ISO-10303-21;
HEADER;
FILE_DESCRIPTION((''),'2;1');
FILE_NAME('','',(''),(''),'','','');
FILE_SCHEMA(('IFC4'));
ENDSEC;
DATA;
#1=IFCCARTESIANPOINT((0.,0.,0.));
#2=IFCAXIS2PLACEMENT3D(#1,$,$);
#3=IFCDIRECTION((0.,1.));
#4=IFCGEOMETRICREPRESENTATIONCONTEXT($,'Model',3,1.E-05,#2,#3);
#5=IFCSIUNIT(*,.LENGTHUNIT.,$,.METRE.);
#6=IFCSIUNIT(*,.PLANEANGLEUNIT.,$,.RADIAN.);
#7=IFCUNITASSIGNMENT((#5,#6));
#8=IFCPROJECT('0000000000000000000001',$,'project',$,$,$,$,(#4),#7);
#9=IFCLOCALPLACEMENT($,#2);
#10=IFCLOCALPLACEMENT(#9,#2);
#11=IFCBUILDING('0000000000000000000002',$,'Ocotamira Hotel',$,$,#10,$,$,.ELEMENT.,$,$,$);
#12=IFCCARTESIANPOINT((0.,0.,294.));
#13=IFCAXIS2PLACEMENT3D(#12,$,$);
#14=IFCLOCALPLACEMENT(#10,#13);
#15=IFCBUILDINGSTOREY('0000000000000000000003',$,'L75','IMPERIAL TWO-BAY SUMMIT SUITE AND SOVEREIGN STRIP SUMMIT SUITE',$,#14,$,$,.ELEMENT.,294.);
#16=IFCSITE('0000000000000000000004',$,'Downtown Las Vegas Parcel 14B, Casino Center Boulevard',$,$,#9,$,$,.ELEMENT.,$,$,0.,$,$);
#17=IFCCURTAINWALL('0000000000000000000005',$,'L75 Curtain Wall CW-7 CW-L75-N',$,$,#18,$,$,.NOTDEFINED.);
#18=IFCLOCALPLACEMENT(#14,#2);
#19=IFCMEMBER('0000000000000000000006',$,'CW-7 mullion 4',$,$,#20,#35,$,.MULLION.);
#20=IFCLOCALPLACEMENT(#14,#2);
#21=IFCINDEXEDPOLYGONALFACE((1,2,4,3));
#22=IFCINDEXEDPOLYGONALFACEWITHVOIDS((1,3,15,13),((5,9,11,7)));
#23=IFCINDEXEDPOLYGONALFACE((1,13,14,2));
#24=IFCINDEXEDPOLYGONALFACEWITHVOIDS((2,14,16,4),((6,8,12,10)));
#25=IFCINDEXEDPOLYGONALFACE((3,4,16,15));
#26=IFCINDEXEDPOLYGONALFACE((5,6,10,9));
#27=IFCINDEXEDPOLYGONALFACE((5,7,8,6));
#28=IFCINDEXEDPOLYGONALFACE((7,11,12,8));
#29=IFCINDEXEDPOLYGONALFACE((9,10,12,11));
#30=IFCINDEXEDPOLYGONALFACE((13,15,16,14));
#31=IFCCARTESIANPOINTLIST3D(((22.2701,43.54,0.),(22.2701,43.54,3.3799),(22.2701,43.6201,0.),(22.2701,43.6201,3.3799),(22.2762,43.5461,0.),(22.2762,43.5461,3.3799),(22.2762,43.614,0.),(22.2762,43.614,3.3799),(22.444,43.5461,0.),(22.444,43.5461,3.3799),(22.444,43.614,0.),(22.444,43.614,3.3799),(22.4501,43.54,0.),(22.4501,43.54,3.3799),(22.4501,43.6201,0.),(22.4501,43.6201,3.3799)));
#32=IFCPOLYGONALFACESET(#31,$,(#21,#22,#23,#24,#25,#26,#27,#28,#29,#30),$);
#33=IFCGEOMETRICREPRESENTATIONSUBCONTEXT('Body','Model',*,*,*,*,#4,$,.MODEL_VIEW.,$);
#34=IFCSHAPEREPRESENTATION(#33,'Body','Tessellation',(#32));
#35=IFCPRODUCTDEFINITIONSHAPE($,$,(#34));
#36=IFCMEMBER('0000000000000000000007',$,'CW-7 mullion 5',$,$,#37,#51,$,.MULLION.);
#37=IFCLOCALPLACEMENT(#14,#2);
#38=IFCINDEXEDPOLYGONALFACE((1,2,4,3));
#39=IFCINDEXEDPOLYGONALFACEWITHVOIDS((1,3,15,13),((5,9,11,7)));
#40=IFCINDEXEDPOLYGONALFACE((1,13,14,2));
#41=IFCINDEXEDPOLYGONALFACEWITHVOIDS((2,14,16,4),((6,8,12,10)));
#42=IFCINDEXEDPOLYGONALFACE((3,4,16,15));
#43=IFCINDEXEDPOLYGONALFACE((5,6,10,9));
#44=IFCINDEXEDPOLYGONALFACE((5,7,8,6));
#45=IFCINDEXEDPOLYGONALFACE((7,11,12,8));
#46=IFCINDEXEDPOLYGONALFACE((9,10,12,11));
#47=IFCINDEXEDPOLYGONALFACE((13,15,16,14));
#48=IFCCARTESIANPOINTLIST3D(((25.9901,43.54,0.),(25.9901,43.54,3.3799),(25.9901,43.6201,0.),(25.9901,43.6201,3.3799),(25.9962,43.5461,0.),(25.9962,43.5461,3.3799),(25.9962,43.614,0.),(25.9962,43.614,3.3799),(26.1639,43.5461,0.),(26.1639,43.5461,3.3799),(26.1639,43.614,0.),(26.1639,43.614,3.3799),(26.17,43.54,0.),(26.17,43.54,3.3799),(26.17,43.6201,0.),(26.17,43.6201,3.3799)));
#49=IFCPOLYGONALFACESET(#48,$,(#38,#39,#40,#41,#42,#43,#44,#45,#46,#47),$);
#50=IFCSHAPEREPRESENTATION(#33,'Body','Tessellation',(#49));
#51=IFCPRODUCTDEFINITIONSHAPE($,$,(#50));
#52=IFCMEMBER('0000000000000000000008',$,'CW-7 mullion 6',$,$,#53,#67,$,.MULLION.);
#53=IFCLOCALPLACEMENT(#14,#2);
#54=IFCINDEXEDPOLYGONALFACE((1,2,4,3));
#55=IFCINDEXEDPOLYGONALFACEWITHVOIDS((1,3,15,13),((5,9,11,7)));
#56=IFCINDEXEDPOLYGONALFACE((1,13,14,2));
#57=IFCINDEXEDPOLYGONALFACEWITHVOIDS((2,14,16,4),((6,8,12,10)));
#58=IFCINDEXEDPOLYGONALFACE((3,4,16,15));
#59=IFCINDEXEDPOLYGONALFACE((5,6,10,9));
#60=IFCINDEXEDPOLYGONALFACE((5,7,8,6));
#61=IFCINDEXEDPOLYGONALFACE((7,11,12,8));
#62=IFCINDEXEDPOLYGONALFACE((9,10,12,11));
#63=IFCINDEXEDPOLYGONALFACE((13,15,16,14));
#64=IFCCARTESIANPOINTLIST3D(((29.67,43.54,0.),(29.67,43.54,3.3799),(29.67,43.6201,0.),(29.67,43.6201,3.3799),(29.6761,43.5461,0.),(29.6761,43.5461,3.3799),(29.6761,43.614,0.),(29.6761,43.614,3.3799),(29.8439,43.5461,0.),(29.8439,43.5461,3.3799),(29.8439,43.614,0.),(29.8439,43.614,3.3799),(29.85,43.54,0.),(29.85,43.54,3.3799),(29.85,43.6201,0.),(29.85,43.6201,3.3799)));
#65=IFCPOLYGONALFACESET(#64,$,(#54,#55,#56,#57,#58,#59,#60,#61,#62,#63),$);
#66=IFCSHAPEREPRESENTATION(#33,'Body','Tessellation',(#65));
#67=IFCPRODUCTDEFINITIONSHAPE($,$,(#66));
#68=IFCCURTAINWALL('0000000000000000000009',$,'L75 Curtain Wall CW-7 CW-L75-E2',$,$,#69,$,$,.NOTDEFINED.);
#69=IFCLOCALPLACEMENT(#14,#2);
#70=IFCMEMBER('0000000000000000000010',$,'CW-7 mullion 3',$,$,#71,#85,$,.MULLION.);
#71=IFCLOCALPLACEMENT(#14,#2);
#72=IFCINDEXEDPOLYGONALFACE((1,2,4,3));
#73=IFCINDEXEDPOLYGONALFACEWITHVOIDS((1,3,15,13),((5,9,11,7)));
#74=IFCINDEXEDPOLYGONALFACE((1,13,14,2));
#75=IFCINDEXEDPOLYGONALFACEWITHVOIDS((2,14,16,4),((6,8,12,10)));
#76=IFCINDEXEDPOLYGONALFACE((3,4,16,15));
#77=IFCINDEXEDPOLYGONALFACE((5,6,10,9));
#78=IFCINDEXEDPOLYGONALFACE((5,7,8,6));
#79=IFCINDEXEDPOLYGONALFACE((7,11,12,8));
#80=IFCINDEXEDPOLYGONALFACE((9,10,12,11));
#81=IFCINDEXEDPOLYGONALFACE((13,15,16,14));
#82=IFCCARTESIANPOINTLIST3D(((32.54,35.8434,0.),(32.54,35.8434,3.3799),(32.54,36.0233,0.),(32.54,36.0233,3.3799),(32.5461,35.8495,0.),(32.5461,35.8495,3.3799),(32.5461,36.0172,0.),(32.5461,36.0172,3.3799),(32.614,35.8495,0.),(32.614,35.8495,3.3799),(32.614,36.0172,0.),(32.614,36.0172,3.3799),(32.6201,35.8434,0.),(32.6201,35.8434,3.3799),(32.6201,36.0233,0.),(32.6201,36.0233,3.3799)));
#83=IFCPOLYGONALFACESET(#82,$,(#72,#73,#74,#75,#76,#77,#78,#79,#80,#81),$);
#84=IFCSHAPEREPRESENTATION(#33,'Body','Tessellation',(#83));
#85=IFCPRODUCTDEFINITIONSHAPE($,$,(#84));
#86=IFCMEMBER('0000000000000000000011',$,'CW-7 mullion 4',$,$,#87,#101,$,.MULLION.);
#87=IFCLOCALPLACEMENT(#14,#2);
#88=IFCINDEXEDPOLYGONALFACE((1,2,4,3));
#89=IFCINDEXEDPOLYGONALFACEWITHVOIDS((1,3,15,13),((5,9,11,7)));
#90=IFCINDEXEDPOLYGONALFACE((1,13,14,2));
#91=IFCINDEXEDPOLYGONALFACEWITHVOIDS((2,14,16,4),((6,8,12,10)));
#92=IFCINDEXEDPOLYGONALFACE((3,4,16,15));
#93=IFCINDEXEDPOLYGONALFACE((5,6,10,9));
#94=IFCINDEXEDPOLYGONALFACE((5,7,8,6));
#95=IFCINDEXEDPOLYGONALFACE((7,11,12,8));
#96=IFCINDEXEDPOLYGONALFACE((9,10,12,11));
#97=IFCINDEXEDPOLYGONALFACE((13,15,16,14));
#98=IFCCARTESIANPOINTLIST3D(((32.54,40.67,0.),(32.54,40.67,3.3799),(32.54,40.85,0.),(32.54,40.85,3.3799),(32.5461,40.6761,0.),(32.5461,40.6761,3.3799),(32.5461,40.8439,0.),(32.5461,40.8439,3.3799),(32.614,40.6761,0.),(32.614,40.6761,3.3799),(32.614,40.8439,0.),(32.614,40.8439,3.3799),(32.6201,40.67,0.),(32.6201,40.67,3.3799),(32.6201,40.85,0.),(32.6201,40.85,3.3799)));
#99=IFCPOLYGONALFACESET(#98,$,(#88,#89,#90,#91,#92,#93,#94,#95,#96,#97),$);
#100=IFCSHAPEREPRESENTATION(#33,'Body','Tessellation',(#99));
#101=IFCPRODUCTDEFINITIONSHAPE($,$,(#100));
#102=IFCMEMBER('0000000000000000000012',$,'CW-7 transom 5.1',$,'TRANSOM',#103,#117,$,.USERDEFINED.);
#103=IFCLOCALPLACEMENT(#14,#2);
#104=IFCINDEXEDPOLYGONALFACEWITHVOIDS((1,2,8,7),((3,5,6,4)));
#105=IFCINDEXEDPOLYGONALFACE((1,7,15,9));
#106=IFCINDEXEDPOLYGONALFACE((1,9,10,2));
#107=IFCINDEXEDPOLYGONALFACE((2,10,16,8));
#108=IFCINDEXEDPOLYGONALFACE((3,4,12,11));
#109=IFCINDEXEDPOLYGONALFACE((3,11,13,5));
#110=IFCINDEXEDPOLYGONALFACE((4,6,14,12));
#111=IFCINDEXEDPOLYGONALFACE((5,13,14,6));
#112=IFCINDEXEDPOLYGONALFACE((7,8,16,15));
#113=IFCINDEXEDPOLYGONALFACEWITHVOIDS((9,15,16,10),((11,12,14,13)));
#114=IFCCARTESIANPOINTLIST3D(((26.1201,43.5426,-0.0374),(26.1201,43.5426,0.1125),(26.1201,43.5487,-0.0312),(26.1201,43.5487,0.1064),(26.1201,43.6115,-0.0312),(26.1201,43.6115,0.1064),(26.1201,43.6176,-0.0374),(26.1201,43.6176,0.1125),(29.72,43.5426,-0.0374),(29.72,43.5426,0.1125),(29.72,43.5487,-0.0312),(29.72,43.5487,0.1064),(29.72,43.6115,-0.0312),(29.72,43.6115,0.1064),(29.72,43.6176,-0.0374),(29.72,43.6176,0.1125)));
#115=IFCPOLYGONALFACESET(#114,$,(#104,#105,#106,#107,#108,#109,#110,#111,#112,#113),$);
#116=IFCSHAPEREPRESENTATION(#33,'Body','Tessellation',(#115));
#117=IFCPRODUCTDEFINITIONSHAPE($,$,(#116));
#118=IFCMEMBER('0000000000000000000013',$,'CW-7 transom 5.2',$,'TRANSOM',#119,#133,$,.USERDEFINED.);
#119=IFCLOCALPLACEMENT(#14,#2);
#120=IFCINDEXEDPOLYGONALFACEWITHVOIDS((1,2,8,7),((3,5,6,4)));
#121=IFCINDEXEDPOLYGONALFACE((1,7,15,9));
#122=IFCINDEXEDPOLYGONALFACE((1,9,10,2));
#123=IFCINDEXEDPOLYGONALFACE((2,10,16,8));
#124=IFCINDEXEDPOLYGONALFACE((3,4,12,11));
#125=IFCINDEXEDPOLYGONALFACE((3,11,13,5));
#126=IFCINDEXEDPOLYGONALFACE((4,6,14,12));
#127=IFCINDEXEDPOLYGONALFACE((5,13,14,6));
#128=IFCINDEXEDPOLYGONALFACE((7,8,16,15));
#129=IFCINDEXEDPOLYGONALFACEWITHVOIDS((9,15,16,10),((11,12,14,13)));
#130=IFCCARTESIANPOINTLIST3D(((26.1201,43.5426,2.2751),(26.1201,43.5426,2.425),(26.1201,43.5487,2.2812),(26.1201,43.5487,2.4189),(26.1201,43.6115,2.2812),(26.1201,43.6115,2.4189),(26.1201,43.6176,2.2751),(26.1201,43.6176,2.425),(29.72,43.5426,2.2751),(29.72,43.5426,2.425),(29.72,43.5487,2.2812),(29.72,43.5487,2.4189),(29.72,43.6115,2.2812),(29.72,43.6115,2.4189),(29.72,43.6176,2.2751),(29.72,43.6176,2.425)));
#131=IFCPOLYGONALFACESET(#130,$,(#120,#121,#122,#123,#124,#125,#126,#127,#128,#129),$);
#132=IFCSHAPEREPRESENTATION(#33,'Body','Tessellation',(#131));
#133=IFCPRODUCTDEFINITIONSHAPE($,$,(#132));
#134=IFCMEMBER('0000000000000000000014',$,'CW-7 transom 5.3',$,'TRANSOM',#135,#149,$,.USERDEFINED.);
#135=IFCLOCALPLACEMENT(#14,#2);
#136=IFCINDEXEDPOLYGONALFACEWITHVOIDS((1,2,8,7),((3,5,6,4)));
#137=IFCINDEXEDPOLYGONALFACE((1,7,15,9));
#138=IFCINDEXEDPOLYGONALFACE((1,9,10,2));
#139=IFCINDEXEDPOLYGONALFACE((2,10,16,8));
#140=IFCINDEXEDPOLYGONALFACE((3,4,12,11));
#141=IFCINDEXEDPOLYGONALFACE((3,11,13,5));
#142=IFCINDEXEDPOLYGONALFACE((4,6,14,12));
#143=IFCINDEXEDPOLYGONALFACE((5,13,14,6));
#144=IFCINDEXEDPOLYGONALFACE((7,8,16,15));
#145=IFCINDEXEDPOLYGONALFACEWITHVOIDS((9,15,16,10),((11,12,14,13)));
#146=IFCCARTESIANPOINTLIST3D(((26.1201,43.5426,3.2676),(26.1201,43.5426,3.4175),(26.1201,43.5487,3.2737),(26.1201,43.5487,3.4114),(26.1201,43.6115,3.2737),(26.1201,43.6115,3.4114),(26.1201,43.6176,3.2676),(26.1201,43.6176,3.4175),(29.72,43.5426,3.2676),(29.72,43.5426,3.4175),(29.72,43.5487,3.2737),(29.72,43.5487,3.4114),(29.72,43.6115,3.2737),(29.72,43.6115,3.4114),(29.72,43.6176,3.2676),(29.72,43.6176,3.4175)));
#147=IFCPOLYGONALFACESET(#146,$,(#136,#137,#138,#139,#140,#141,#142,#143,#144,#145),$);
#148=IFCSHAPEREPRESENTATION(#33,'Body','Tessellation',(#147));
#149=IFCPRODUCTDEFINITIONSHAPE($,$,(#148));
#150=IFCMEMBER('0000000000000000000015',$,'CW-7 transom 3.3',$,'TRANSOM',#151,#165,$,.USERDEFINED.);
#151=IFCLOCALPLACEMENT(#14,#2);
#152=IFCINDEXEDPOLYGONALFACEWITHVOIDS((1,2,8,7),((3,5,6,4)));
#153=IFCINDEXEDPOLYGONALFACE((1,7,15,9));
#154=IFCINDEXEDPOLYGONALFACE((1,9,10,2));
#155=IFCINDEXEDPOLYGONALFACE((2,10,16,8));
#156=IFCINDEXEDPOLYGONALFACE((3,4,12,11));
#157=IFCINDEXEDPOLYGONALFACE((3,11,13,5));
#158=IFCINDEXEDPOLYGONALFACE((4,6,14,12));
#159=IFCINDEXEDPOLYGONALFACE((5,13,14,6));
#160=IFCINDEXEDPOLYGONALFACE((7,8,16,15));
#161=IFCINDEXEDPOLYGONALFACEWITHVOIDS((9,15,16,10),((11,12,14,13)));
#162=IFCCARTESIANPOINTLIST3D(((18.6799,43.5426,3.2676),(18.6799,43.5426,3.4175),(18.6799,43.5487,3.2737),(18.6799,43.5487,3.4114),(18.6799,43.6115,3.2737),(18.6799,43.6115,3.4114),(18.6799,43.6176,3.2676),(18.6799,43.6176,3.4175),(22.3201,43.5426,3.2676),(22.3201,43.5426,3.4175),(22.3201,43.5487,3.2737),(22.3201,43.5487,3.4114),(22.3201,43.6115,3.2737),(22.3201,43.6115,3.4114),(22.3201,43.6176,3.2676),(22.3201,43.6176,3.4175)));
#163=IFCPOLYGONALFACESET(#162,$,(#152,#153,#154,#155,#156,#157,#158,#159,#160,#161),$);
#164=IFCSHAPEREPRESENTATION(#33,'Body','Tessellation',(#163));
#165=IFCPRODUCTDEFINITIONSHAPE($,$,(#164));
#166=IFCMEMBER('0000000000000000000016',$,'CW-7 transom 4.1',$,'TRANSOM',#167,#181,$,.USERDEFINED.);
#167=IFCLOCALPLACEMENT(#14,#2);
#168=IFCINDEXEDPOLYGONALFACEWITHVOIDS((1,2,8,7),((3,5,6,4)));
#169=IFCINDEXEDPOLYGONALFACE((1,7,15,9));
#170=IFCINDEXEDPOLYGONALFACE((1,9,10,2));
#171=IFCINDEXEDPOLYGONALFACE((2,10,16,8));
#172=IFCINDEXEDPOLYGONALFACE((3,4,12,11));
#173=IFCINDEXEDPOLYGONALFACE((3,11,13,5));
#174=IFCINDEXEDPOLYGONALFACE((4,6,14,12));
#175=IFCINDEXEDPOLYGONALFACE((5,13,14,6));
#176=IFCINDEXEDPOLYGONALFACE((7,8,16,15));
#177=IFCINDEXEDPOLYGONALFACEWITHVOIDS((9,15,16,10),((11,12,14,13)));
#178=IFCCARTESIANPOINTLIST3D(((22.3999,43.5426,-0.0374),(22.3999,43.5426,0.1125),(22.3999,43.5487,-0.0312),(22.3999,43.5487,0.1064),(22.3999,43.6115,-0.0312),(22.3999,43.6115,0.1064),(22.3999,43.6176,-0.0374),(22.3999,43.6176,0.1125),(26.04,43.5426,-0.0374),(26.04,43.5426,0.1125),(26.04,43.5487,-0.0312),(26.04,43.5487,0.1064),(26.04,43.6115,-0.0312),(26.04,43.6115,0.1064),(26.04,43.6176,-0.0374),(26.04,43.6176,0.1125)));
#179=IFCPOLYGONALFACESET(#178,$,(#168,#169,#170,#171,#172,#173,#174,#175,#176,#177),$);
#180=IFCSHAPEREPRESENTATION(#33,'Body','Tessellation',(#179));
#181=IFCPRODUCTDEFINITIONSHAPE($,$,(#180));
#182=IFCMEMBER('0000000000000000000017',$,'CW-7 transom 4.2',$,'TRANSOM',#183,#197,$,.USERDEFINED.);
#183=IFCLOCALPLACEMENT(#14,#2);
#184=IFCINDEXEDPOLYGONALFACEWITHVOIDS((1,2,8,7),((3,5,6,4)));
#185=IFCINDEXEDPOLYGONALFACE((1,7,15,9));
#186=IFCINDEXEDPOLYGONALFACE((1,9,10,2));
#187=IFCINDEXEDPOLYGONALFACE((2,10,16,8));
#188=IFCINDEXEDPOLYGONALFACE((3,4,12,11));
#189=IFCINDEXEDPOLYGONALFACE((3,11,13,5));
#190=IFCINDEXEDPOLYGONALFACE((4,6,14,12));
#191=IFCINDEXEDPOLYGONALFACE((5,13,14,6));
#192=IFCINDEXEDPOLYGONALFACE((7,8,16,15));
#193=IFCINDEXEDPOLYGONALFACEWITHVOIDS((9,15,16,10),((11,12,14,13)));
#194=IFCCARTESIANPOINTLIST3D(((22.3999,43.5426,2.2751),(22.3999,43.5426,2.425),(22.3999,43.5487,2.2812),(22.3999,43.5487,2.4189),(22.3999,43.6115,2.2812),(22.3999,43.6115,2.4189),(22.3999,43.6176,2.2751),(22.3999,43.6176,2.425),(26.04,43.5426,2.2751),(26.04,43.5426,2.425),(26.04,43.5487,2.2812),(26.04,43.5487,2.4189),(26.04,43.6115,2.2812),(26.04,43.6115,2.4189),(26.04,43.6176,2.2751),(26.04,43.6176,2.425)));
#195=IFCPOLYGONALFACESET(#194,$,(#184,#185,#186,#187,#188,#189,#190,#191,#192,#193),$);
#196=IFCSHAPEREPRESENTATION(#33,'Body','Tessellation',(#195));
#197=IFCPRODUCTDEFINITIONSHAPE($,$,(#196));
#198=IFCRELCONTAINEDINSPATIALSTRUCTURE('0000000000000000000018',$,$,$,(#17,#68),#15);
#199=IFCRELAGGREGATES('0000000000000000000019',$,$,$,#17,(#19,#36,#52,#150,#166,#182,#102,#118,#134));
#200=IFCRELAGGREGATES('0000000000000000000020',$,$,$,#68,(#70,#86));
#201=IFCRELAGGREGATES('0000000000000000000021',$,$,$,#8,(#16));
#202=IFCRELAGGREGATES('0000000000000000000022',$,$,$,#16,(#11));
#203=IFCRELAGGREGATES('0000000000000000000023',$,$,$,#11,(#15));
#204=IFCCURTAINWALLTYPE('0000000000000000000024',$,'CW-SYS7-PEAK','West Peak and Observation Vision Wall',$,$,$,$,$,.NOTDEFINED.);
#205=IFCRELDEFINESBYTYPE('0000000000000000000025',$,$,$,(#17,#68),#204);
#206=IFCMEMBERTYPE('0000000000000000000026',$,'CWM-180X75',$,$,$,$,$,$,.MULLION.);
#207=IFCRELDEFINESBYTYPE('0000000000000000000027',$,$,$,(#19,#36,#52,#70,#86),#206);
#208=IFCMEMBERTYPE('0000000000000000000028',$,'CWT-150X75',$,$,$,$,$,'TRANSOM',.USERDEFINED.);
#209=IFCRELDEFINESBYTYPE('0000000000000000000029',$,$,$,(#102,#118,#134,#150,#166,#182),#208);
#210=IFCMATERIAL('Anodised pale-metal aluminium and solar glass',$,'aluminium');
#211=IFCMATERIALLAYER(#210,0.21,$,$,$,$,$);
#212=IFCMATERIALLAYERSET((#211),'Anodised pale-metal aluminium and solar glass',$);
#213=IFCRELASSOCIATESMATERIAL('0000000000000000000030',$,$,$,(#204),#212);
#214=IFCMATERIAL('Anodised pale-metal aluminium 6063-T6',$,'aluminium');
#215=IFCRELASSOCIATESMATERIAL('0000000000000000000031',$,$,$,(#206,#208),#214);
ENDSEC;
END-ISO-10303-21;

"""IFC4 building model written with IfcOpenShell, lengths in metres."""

from ifc_helpers import new_model, si_unit, direction, frame, origin, origin_2d, place, context, subcontext, project, spatial, hollow_rectangle, extrude, source, transform, mapped, material, layer, layer_set, material_profile, profile_set, type_object, element, aggregate, save


model = new_model("IFC4")

# Units and contexts
model_context = context("Model", 3, precision=1e-05, world=origin(), true_north=direction((0.0, 1.0)))
body_context = subcontext(model_context, "Body", "Model", "MODEL_VIEW")
ifc_project = project(units=[si_unit("LENGTHUNIT", "METRE"), si_unit("PLANEANGLEUNIT", "RADIAN")], contexts=[model_context])

# Site, building, storey
site_placement = place(None, origin())
site = spatial("IfcSite", under=ifc_project, at=site_placement, Name="Downtown Las Vegas Parcel 14B, Casino Center Boulevard", CompositionType="ELEMENT", RefElevation=0.0)
building_placement = place(site_placement, origin())
building = spatial("IfcBuilding", under=site, at=building_placement, Name="Ocotamira Hotel", CompositionType="ELEMENT")
storey_placement = place(building_placement, frame((0.0, 0.0, 294.0)))
storey = spatial("IfcBuildingStorey", under=building, at=storey_placement, Name="L75", Description="IMPERIAL TWO-BAY SUMMIT SUITE AND SOVEREIGN STRIP SUMMIT SUITE", CompositionType="ELEMENT", Elevation=294.0)

# Curtain walls, members
ifc_material_1 = material(Name="Anodised pale-metal aluminium and solar glass", Category="aluminium")
ifc_layer_1 = layer(ifc_material_1, 0.21)
ifc_layer_set_1 = layer_set([ifc_layer_1], Name="Anodised pale-metal aluminium and solar glass")
curtain_wall_type = type_object("IfcCurtainWallType", Name="CW-SYS7-PEAK", Description="West Peak and Observation Vision Wall", PredefinedType="NOTDEFINED", material=ifc_layer_set_1)
curtain_wall_1_placement = place(storey_placement, origin())
curtain_wall_1 = element("IfcCurtainWall", 1, at=curtain_wall_1_placement, inside=storey, type_object=curtain_wall_type, Name="L75 Curtain Wall CW-7 CW-L75-N", PredefinedType="NOTDEFINED")
ifc_material_2 = material(Name="Anodised pale-metal aluminium 6063-T6", Category="aluminium")
ifc_material_profile_1 = material_profile(ifc_material_2, hollow_rectangle(XDim=0.0801, YDim=0.1799, WallThickness=0.0061, at=origin_2d()), Name="HSS180X80X6")
ifc_profile_set_1 = profile_set([ifc_material_profile_1], Name="Anodised pale-metal aluminium 6063-T6")
member_type_1 = type_object("IfcMemberType", Name="CWM-180X75", PredefinedType="MULLION", material=ifc_profile_set_1)
shared_shape_1 = source(origin(), body_context, "Body", "SweptSolid", [
    extrude(hollow_rectangle(XDim=0.0801, YDim=0.1799, WallThickness=0.0061, at=origin_2d()), origin(), (0.0, 0.0, 1.0), 3.3799),
])
member_1_placement = place(storey_placement, frame((22.3601, 43.5801, 0.0), z_axis=(0.0, 0.0, 1.0), x_axis=(0.0, 1.0, 0.0)))
member_1 = element("IfcMember", 2, at=member_1_placement, type_object=member_type_1, Name="CW-7 mullion 4", PredefinedType="MULLION", context=body_context, shape_type="MappedRepresentation", body=[
    mapped(shared_shape_1, transform((0.0, 0.0, 0.0), scale=1.0)),
])
member_2_placement = place(storey_placement, frame((26.0801, 43.5801, 0.0), z_axis=(0.0, 0.0, 1.0), x_axis=(0.0, 1.0, 0.0)))
member_2 = element("IfcMember", 3, at=member_2_placement, type_object=member_type_1, Name="CW-7 mullion 5", PredefinedType="MULLION", context=body_context, shape_type="MappedRepresentation", body=[
    mapped(shared_shape_1, transform((0.0, 0.0, 0.0), scale=1.0)),
])
member_3_placement = place(storey_placement, frame((29.76, 43.5801, 0.0), z_axis=(0.0, 0.0, 1.0), x_axis=(0.0, 1.0, 0.0)))
member_3 = element("IfcMember", 4, at=member_3_placement, type_object=member_type_1, Name="CW-7 mullion 6", PredefinedType="MULLION", context=body_context, shape_type="MappedRepresentation", body=[
    mapped(shared_shape_1, transform((0.0, 0.0, 0.0), scale=1.0)),
])
curtain_wall_2_placement = place(storey_placement, origin())
curtain_wall_2 = element("IfcCurtainWall", 5, at=curtain_wall_2_placement, inside=storey, type_object=curtain_wall_type, Name="L75 Curtain Wall CW-7 CW-L75-E2", PredefinedType="NOTDEFINED")
member_4_placement = place(storey_placement, frame((32.5801, 35.9333, 0.0), z_axis=(0.0, 0.0, 1.0), x_axis=(-1.0, 0.0, 0.0)))
member_4 = element("IfcMember", 6, at=member_4_placement, type_object=member_type_1, Name="CW-7 mullion 3", PredefinedType="MULLION", context=body_context, shape_type="MappedRepresentation", body=[
    mapped(shared_shape_1, transform((0.0, 0.0, 0.0), scale=1.0)),
])
member_5_placement = place(storey_placement, frame((32.5801, 40.76, 0.0), z_axis=(0.0, 0.0, 1.0), x_axis=(-1.0, 0.0, 0.0)))
member_5 = element("IfcMember", 7, at=member_5_placement, type_object=member_type_1, Name="CW-7 mullion 4", PredefinedType="MULLION", context=body_context, shape_type="MappedRepresentation", body=[
    mapped(shared_shape_1, transform((0.0, 0.0, 0.0), scale=1.0)),
])

# Members
ifc_material_profile_2 = material_profile(ifc_material_2, hollow_rectangle(XDim=0.075, YDim=0.1499, WallThickness=0.0061, at=origin_2d()), Name="HSS150X75X6")
ifc_profile_set_2 = profile_set([ifc_material_profile_2], Name="Anodised pale-metal aluminium 6063-T6")
member_type_2 = type_object("IfcMemberType", Name="CWT-150X75", ElementType="TRANSOM", PredefinedType="USERDEFINED", material=ifc_profile_set_2)
shared_shape_2 = source(origin(), body_context, "Body", "SweptSolid", [
    extrude(hollow_rectangle(XDim=0.075, YDim=0.1499, WallThickness=0.0061, at=origin_2d()), origin(), (0.0, 0.0, 1.0), 3.5999),
])
member_6_placement = place(storey_placement, frame((26.1201, 43.5801, 0.0376), z_axis=(1.0, 0.0, 0.0), x_axis=(0.0, 1.0, 0.0)))
member_6 = element("IfcMember", 8, at=member_6_placement, type_object=member_type_2, Name="CW-7 transom 5.1", ObjectType="TRANSOM", PredefinedType="USERDEFINED", context=body_context, shape_type="MappedRepresentation", body=[
    mapped(shared_shape_2, transform((0.0, 0.0, 0.0), scale=1.0)),
])
member_7_placement = place(storey_placement, frame((26.1201, 43.5801, 2.3501), z_axis=(1.0, 0.0, 0.0), x_axis=(0.0, 1.0, 0.0)))
member_7 = element("IfcMember", 9, at=member_7_placement, type_object=member_type_2, Name="CW-7 transom 5.2", ObjectType="TRANSOM", PredefinedType="USERDEFINED", context=body_context, shape_type="MappedRepresentation", body=[
    mapped(shared_shape_2, transform((0.0, 0.0, 0.0), scale=1.0)),
])
member_8_placement = place(storey_placement, frame((26.1201, 43.5801, 3.3425), z_axis=(1.0, 0.0, 0.0), x_axis=(0.0, 1.0, 0.0)))
member_8 = element("IfcMember", 10, at=member_8_placement, type_object=member_type_2, Name="CW-7 transom 5.3", ObjectType="TRANSOM", PredefinedType="USERDEFINED", context=body_context, shape_type="MappedRepresentation", body=[
    mapped(shared_shape_2, transform((0.0, 0.0, 0.0), scale=1.0)),
])
shared_shape_3 = source(origin(), body_context, "Body", "SweptSolid", [
    extrude(hollow_rectangle(XDim=0.075, YDim=0.1499, WallThickness=0.0061, at=origin_2d()), origin(), (0.0, 0.0, 1.0), 3.6401),
])
member_9_placement = place(storey_placement, frame((18.6799, 43.5801, 3.3425), z_axis=(1.0, 0.0, 0.0), x_axis=(0.0, 1.0, 0.0)))
member_9 = element("IfcMember", 11, at=member_9_placement, type_object=member_type_2, Name="CW-7 transom 3.3", ObjectType="TRANSOM", PredefinedType="USERDEFINED", context=body_context, shape_type="MappedRepresentation", body=[
    mapped(shared_shape_3, transform((0.0, 0.0, 0.0), scale=1.0)),
])
member_10_placement = place(storey_placement, frame((22.3999, 43.5801, 0.0376), z_axis=(1.0, 0.0, 0.0), x_axis=(0.0, 1.0, 0.0)))
member_10 = element("IfcMember", 12, at=member_10_placement, type_object=member_type_2, Name="CW-7 transom 4.1", ObjectType="TRANSOM", PredefinedType="USERDEFINED", context=body_context, shape_type="MappedRepresentation", body=[
    mapped(shared_shape_3, transform((0.0, 0.0, 0.0), scale=1.0)),
])
member_11_placement = place(storey_placement, frame((22.3999, 43.5801, 2.3501), z_axis=(1.0, 0.0, 0.0), x_axis=(0.0, 1.0, 0.0)))
member_11 = element("IfcMember", 13, at=member_11_placement, type_object=member_type_2, Name="CW-7 transom 4.2", ObjectType="TRANSOM", PredefinedType="USERDEFINED", context=body_context, shape_type="MappedRepresentation", body=[
    mapped(shared_shape_3, transform((0.0, 0.0, 0.0), scale=1.0)),
])

aggregate(curtain_wall_1, [member_1, member_2, member_3, member_9, member_10, member_11, member_6, member_7, member_8])
aggregate(curtain_wall_2, [member_4, member_5])

save(model, "model.ifc")
